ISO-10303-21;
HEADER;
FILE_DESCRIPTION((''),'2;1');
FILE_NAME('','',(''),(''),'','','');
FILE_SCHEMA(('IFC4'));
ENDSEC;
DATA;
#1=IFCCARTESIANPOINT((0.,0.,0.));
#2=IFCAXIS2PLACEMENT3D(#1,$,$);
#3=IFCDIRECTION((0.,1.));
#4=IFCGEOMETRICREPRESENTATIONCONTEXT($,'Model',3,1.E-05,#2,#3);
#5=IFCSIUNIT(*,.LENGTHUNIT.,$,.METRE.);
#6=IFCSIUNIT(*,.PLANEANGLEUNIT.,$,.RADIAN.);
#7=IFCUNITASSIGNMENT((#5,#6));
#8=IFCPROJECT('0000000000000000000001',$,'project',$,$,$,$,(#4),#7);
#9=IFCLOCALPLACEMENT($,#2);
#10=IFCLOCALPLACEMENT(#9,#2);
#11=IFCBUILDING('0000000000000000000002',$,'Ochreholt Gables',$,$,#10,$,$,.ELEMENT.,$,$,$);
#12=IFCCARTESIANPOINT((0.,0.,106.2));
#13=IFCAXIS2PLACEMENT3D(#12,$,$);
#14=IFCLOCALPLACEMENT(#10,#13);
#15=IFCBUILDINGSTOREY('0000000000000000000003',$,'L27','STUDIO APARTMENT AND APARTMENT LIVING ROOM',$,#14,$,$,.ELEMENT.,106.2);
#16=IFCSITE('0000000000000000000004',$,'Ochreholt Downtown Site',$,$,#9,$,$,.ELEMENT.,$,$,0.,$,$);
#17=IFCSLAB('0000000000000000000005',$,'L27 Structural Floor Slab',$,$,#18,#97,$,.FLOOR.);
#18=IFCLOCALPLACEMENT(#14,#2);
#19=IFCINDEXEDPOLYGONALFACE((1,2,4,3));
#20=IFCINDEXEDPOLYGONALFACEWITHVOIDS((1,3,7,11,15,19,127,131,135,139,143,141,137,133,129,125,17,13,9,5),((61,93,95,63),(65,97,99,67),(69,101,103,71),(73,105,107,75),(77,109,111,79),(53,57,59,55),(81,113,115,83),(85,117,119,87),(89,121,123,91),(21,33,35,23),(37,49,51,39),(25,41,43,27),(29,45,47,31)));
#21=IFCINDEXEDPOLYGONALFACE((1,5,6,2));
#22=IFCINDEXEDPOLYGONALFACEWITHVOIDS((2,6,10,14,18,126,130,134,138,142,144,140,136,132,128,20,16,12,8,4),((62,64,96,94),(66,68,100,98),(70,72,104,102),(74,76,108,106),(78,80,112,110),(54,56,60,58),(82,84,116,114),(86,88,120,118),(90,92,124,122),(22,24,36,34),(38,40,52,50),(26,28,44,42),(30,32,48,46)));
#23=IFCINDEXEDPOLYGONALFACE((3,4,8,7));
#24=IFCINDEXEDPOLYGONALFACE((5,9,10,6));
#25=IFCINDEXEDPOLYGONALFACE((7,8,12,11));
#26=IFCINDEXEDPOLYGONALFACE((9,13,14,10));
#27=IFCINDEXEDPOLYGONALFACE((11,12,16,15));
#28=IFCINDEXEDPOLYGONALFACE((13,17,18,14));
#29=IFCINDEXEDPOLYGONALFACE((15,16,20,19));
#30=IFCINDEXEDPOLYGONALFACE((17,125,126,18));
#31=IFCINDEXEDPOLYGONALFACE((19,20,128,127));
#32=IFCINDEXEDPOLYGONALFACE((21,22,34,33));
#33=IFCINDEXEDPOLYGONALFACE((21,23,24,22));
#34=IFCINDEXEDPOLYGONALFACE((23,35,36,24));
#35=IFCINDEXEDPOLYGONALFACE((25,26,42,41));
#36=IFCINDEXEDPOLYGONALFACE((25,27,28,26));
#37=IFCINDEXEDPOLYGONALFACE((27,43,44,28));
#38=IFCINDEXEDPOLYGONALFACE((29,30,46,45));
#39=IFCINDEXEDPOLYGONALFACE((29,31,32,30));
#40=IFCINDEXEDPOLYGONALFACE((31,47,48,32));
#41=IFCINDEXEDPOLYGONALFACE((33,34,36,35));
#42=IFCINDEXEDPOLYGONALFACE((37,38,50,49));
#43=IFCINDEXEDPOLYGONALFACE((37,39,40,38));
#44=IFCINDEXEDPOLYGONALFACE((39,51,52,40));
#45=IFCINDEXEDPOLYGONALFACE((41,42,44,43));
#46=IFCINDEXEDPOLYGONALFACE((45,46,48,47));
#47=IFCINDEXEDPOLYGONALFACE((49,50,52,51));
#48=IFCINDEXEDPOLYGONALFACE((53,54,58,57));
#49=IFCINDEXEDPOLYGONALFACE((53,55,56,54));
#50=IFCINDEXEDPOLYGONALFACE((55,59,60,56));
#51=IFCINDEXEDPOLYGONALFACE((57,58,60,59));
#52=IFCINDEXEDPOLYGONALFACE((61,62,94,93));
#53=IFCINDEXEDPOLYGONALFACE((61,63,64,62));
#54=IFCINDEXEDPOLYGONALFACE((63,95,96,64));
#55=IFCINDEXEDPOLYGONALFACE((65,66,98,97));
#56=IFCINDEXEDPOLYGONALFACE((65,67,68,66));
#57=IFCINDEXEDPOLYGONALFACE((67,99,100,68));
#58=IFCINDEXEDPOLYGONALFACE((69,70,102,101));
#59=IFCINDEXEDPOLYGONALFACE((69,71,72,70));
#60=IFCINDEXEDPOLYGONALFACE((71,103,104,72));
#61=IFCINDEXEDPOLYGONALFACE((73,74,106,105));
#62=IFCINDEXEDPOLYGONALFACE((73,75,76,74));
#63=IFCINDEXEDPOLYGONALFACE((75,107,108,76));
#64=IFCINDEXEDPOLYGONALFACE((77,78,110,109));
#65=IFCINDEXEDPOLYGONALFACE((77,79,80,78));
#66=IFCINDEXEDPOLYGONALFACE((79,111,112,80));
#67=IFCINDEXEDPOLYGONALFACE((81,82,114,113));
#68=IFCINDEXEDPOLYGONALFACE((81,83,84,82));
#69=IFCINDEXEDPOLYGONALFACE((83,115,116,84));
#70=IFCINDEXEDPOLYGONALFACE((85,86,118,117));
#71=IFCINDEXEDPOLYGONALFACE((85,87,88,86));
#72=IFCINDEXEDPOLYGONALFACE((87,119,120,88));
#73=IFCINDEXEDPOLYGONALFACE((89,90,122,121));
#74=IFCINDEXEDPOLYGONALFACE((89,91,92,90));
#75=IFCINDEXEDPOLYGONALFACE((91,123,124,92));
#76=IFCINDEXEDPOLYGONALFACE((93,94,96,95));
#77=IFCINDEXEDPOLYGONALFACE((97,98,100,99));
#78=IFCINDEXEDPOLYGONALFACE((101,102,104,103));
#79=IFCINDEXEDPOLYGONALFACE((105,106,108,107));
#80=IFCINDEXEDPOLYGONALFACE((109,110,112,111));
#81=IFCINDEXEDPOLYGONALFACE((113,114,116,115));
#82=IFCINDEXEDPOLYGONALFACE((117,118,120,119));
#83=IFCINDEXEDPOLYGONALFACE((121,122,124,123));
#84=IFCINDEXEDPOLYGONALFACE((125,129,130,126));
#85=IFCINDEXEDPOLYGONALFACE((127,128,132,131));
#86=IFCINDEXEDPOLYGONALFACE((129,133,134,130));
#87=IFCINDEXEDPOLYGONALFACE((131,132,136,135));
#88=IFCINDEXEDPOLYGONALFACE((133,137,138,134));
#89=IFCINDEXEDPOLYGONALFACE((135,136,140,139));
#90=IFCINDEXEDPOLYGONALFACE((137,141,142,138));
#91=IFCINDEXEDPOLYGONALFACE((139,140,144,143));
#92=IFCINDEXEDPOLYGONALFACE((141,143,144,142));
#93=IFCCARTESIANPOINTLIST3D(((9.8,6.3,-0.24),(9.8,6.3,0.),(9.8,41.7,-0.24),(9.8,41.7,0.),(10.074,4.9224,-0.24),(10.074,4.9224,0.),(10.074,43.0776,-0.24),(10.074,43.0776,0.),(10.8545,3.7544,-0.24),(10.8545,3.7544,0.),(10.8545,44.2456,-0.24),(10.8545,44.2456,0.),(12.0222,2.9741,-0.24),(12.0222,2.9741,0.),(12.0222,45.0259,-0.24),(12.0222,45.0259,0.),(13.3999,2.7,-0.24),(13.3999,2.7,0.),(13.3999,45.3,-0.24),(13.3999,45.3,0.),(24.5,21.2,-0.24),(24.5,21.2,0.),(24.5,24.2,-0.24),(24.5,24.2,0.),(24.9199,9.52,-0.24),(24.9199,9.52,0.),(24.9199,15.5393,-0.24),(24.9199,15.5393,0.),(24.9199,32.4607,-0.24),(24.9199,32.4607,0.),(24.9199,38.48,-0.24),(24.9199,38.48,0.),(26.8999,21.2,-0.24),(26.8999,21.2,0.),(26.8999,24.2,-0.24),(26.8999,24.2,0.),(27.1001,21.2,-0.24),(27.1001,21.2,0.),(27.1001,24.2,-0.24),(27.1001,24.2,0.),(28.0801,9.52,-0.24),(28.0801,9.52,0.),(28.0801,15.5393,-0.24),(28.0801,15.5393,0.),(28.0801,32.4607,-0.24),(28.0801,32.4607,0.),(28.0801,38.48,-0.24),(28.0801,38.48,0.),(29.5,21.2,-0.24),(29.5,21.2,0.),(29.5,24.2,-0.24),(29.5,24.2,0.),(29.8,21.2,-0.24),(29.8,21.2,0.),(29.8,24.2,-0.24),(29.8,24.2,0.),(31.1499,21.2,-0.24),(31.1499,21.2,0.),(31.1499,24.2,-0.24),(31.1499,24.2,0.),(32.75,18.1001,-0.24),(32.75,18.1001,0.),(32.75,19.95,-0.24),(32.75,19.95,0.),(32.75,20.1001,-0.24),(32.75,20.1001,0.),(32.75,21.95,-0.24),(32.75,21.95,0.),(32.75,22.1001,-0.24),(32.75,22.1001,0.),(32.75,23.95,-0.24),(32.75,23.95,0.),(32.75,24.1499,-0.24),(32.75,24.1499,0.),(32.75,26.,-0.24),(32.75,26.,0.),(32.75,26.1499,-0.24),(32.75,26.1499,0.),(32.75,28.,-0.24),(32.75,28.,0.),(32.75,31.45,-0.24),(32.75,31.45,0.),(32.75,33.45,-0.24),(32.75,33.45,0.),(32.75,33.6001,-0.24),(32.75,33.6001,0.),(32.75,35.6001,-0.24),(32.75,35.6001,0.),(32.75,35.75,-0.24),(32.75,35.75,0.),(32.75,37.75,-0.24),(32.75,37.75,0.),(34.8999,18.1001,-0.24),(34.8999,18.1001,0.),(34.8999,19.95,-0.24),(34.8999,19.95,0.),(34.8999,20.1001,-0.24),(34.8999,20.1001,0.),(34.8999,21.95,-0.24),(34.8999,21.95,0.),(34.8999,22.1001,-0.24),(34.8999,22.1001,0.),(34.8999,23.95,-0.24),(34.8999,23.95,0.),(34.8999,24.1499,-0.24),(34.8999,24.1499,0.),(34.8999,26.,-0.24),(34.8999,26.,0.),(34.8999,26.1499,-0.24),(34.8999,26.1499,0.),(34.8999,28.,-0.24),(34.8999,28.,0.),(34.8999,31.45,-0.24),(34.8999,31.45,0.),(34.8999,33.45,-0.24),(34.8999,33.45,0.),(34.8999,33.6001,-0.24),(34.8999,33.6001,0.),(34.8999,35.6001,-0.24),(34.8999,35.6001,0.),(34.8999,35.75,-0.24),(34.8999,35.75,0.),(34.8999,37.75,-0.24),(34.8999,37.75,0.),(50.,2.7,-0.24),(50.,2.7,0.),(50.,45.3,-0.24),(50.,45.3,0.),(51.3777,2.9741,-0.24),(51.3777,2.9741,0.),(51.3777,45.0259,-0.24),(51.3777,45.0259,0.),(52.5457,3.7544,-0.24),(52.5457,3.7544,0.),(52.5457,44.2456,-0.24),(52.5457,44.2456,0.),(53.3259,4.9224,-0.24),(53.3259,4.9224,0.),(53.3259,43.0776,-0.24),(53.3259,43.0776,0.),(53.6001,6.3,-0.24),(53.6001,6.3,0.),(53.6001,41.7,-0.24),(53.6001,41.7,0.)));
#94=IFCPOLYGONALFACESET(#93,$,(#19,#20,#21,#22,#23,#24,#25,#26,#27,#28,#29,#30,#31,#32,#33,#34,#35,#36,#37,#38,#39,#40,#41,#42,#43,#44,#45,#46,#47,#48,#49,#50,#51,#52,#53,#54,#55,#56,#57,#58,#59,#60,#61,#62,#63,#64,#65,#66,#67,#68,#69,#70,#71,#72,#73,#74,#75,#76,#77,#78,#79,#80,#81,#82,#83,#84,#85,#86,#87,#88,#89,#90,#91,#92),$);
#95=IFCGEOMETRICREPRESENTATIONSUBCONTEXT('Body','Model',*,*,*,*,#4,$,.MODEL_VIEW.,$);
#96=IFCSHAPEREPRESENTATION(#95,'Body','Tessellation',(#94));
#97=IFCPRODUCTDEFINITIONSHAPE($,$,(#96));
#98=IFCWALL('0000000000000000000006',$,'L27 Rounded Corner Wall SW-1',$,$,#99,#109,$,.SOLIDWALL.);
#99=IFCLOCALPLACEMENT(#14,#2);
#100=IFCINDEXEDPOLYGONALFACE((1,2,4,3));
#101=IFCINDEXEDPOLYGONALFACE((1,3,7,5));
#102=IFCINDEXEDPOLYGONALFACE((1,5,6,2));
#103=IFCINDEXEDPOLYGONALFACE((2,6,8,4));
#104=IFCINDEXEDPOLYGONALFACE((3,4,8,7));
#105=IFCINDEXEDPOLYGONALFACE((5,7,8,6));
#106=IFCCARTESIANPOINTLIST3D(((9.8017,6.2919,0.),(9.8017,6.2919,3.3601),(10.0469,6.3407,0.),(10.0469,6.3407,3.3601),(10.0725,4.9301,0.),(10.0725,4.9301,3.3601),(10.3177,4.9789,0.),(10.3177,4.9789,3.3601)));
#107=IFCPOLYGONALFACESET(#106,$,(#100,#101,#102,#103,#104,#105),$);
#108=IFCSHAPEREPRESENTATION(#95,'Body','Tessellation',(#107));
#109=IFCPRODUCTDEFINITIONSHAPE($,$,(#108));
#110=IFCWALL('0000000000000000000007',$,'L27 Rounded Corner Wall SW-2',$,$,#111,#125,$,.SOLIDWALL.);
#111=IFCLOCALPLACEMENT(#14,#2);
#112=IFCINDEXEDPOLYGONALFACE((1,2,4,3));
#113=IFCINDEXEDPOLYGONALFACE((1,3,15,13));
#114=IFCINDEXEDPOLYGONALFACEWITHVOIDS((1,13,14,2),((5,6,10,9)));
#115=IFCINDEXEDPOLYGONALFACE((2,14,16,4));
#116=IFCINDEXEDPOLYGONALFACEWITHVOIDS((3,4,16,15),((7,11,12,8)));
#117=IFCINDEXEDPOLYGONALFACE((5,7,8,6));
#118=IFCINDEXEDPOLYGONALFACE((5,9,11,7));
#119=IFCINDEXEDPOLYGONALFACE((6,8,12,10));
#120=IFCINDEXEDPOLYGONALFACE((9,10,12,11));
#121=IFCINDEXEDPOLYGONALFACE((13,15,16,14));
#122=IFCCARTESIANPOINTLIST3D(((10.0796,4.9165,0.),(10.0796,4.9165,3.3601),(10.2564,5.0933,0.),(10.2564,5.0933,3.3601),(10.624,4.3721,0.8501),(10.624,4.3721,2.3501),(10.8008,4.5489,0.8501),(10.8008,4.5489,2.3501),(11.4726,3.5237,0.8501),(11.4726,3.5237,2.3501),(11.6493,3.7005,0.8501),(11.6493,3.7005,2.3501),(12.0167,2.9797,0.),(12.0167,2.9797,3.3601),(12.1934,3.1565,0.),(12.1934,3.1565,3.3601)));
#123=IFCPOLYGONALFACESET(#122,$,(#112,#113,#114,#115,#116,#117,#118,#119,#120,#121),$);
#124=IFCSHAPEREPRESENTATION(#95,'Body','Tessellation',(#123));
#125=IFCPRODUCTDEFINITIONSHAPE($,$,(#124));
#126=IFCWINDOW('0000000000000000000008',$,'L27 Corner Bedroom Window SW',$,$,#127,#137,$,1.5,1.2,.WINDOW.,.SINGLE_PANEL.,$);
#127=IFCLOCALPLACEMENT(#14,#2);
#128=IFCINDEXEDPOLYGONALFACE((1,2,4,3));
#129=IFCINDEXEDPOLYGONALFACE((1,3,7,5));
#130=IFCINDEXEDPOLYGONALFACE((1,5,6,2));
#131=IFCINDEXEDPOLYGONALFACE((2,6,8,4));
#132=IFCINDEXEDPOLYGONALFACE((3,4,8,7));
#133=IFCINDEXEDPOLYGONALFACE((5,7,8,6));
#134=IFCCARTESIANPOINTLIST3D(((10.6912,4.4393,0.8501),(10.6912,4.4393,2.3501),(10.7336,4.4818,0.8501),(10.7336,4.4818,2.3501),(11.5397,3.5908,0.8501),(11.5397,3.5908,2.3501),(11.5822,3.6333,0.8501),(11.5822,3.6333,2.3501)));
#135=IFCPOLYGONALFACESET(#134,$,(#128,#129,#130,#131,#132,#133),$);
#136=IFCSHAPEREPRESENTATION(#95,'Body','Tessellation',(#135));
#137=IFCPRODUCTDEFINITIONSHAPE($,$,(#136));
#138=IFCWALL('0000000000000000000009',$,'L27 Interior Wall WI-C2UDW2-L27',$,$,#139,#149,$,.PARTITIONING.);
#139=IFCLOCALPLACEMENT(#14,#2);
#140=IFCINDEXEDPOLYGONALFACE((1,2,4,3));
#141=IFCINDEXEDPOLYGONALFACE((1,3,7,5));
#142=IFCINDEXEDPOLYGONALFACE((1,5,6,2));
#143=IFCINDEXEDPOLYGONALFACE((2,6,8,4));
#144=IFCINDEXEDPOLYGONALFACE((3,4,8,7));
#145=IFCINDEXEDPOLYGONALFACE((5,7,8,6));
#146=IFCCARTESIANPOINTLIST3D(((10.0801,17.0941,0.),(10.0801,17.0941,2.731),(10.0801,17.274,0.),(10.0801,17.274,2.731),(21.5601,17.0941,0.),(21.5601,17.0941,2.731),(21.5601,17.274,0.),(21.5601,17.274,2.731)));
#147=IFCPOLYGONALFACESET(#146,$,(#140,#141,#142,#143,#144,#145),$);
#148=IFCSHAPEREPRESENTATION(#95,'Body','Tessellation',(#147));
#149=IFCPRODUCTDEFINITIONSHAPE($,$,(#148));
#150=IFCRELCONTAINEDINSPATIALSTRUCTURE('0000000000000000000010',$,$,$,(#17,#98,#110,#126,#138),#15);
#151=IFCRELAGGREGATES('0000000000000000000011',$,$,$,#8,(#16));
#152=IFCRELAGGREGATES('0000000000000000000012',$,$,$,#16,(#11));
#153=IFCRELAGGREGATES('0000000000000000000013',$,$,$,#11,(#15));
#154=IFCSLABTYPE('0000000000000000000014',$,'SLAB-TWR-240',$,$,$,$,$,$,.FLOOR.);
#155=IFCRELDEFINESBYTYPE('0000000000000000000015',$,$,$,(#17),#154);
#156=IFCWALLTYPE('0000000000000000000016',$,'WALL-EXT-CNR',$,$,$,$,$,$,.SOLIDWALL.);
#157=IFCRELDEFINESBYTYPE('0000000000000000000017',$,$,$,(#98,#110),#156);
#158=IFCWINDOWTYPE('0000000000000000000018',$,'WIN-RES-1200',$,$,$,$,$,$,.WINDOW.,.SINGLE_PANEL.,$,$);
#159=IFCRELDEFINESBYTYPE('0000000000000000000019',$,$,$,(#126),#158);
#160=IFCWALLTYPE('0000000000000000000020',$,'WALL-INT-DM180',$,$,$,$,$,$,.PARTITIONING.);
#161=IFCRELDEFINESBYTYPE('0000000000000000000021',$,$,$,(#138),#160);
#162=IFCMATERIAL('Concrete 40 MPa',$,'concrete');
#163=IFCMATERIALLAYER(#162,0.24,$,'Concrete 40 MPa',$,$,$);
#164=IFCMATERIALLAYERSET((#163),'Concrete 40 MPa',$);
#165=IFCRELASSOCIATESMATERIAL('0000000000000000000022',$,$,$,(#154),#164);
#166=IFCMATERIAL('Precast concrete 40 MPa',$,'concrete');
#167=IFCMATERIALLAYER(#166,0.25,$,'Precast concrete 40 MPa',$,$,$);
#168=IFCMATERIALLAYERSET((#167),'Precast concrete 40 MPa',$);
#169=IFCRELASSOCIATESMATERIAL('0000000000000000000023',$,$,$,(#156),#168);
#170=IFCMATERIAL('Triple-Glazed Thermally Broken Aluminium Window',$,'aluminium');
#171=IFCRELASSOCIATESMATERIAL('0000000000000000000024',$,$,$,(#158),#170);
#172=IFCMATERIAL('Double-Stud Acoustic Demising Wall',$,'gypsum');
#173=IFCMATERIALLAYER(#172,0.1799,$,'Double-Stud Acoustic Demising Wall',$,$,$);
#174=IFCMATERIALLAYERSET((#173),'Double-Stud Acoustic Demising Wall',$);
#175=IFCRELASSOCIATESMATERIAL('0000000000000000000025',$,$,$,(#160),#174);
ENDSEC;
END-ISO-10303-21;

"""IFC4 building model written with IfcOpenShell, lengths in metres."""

from ifc_helpers import new_model, si_unit, direction, frame, frame_2d, origin, place, context, subcontext, project, spatial, polyline, rectangle, outline, extrude, material, layer, layer_set, type_object, element, fill, save


model = new_model("IFC4")

# Units and contexts
model_context = context("Model", 3, precision=1e-05, world=origin(), true_north=direction((0.0, 1.0)))
body_context = subcontext(model_context, "Body", "Model", "MODEL_VIEW")
ifc_project = project(units=[si_unit("LENGTHUNIT", "METRE"), si_unit("PLANEANGLEUNIT", "RADIAN")], contexts=[model_context])

# Site, building, storey
site_placement = place(None, origin())
site = spatial("IfcSite", under=ifc_project, at=site_placement, Name="Ochreholt Downtown Site", CompositionType="ELEMENT", RefElevation=0.0)
building_placement = place(site_placement, origin())
building = spatial("IfcBuilding", under=site, at=building_placement, Name="Ochreholt Gables", CompositionType="ELEMENT")
storey_placement = place(building_placement, frame((0.0, 0.0, 106.2)))
storey = spatial("IfcBuildingStorey", under=building, at=storey_placement, Name="L27", Description="STUDIO APARTMENT AND APARTMENT LIVING ROOM", CompositionType="ELEMENT", Elevation=106.2)

# Shared definitions
ifc_material_1 = material(Name="Concrete 40 MPa", Category="concrete")

# Slab
ifc_layer_1 = layer(ifc_material_1, 0.24, Name="Concrete 40 MPa")
ifc_layer_set_1 = layer_set([ifc_layer_1], Name="Concrete 40 MPa")
slab_type_1 = type_object("IfcSlabType", Name="SLAB-TWR-240", PredefinedType="FLOOR", material=ifc_layer_set_1)
slab_1_placement = place(storey_placement, frame((0.0, 0.0, -0.24)))
element("IfcSlab", 1, at=slab_1_placement, inside=storey, type_object=slab_type_1, Name="L27 Structural Floor Slab", PredefinedType="FLOOR", context=body_context, shape_type="SweptSolid", body=[
    extrude(outline(polyline([(9.8, 6.3), (10.074, 4.9224), (10.8545, 3.7544), (12.0222, 2.9741), (13.3999, 2.7), (50.0, 2.7), (51.3777, 2.9741), (52.5457, 3.7544), (53.3259, 4.9224), (53.6001, 6.3), (53.6001, 41.7), (53.3259, 43.0776), (52.5457, 44.2456), (51.3777, 45.0259), (50.0, 45.3), (13.3999, 45.3), (12.0222, 45.0259), (10.8545, 44.2456), (10.074, 43.0776), (9.8, 41.7), (9.8, 6.3)]), holes=[polyline([(24.9199, 15.5393), (24.9199, 9.52), (28.0801, 9.52), (28.0801, 15.5393), (24.9199, 15.5393)]), polyline([(28.0801, 32.4607), (28.0801, 38.48), (24.9199, 38.48), (24.9199, 32.4607), (28.0801, 32.4607)]), polyline([(24.5, 21.2), (26.8999, 21.2), (26.8999, 24.2), (24.5, 24.2), (24.5, 21.2)]), polyline([(27.1001, 21.2), (29.5, 21.2), (29.5, 24.2), (27.1001, 24.2), (27.1001, 21.2)]), polyline([(32.75, 18.1001), (34.8999, 18.1001), (34.8999, 19.95), (32.75, 19.95), (32.75, 18.1001)]), polyline([(32.75, 20.1001), (34.8999, 20.1001), (34.8999, 21.95), (32.75, 21.95), (32.75, 20.1001)]), polyline([(32.75, 22.1001), (34.8999, 22.1001), (34.8999, 23.95), (32.75, 23.95), (32.75, 22.1001)]), polyline([(32.75, 24.1499), (34.8999, 24.1499), (34.8999, 26.0), (32.75, 26.0), (32.75, 24.1499)]), polyline([(32.75, 26.1499), (34.8999, 26.1499), (34.8999, 28.0), (32.75, 28.0), (32.75, 26.1499)]), polyline([(32.75, 31.45), (34.8999, 31.45), (34.8999, 33.45), (32.75, 33.45), (32.75, 31.45)]), polyline([(32.75, 33.6001), (34.8999, 33.6001), (34.8999, 35.6001), (32.75, 35.6001), (32.75, 33.6001)]), polyline([(32.75, 35.75), (34.8999, 35.75), (34.8999, 37.75), (32.75, 37.75), (32.75, 35.75)]), polyline([(29.8, 21.2), (31.1499, 21.2), (31.1499, 24.2), (29.8, 24.2), (29.8, 21.2)])]), origin(), (0.0, 0.0, 1.0), 0.24),
])

# Wall
ifc_material_2 = material(Name="Precast concrete 40 MPa", Category="concrete")
ifc_layer_2 = layer(ifc_material_2, 0.25, Name="Precast concrete 40 MPa")
ifc_layer_set_2 = layer_set([ifc_layer_2], Name="Precast concrete 40 MPa")
wall_type_1 = type_object("IfcWallType", Name="WALL-EXT-CNR", PredefinedType="SOLIDWALL", material=ifc_layer_set_2)
wall_1_placement = place(storey_placement, frame((9.9243, 6.3164, 0.0), z_axis=(0.0, 0.0, 1.0), x_axis=(0.195, -0.980803, 0.0)))
element("IfcWall", 2, at=wall_1_placement, inside=storey, type_object=wall_type_1, Name="L27 Rounded Corner Wall SW-1", PredefinedType="SOLIDWALL", context=body_context, shape_type="SweptSolid", body=[
    extrude(rectangle(XDim=1.3884, YDim=0.25, at=frame_2d((0.6943, 0.0))), origin(), (0.0, 0.0, 1.0), 3.3601),
])

# Wall, opening, window
wall_2_placement = place(storey_placement, frame((10.168, 5.0049, 0.0), z_axis=(0.0, 0.0, 1.0), x_axis=(0.707151, -0.707062, 0.0)))
wall_2 = element("IfcWall", 3, at=wall_2_placement, inside=storey, type_object=wall_type_1, Name="L27 Rounded Corner Wall SW-2", PredefinedType="SOLIDWALL", context=body_context, shape_type="SweptSolid", body=[
    extrude(rectangle(XDim=2.7393, YDim=0.25, at=frame_2d((1.3696, 0.0))), origin(), (0.0, 0.0, 1.0), 3.3601),
])
opening_1_placement = place(wall_2_placement, frame((0.7698, 0.0, 0.8501)))
opening_1 = element("IfcOpeningElement", 4, at=opening_1_placement, cuts=wall_2, PredefinedType="OPENING", context=body_context, shape_type="SweptSolid", body=[
    extrude(rectangle(XDim=1.2, YDim=1.5, at=frame_2d((0.6001, 0.75))), frame((0.0, 0.135, 0.0), z_axis=(0.0, -1.0, 0.0), x_axis=(1.0, 0.0, 0.0)), (0.0, 0.0, 1.0), 0.27),
])
ifc_material_3 = material(Name="Triple-Glazed Thermally Broken Aluminium Window", Category="aluminium")
window_type = type_object("IfcWindowType", Name="WIN-RES-1200", PartitioningType="SINGLE_PANEL", PredefinedType="WINDOW", material=ifc_material_3)
window_placement = place(opening_1_placement, origin())
window = element("IfcWindow", 5, at=window_placement, inside=storey, type_object=window_type, Name="L27 Corner Bedroom Window SW", OverallHeight=1.5, OverallWidth=1.2, PartitioningType="SINGLE_PANEL", PredefinedType="WINDOW", context=body_context, shape_type="SweptSolid", body=[
    extrude(rectangle(XDim=1.2, YDim=1.5, at=frame_2d((0.6001, 0.75))), frame((0.0, 0.03, 0.0), z_axis=(0.0, -1.0, 0.0), x_axis=(1.0, 0.0, 0.0)), (0.0, 0.0, 1.0), 0.0601),
])
fill(opening_1, window)

# Wall
ifc_material_4 = material(Name="Double-Stud Acoustic Demising Wall", Category="gypsum")
ifc_layer_3 = layer(ifc_material_4, 0.1799, Name="Double-Stud Acoustic Demising Wall")
ifc_layer_set_3 = layer_set([ifc_layer_3], Name="Double-Stud Acoustic Demising Wall")
wall_type_2 = type_object("IfcWallType", Name="WALL-INT-DM180", PredefinedType="PARTITIONING", material=ifc_layer_set_3)
wall_3_placement = place(storey_placement, frame((10.0801, 17.1841, 0.0), z_axis=(0.0, 0.0, 1.0), x_axis=(1.0, 0.0, 0.0)))
element("IfcWall", 6, at=wall_3_placement, inside=storey, type_object=wall_type_2, Name="L27 Interior Wall WI-C2UDW2-L27", PredefinedType="PARTITIONING", context=body_context, shape_type="SweptSolid", body=[
    extrude(rectangle(XDim=11.48, YDim=0.1799, at=frame_2d((5.74, 0.0))), origin(), (0.0, 0.0, 1.0), 2.731),
])

save(model, "model.ifc")
